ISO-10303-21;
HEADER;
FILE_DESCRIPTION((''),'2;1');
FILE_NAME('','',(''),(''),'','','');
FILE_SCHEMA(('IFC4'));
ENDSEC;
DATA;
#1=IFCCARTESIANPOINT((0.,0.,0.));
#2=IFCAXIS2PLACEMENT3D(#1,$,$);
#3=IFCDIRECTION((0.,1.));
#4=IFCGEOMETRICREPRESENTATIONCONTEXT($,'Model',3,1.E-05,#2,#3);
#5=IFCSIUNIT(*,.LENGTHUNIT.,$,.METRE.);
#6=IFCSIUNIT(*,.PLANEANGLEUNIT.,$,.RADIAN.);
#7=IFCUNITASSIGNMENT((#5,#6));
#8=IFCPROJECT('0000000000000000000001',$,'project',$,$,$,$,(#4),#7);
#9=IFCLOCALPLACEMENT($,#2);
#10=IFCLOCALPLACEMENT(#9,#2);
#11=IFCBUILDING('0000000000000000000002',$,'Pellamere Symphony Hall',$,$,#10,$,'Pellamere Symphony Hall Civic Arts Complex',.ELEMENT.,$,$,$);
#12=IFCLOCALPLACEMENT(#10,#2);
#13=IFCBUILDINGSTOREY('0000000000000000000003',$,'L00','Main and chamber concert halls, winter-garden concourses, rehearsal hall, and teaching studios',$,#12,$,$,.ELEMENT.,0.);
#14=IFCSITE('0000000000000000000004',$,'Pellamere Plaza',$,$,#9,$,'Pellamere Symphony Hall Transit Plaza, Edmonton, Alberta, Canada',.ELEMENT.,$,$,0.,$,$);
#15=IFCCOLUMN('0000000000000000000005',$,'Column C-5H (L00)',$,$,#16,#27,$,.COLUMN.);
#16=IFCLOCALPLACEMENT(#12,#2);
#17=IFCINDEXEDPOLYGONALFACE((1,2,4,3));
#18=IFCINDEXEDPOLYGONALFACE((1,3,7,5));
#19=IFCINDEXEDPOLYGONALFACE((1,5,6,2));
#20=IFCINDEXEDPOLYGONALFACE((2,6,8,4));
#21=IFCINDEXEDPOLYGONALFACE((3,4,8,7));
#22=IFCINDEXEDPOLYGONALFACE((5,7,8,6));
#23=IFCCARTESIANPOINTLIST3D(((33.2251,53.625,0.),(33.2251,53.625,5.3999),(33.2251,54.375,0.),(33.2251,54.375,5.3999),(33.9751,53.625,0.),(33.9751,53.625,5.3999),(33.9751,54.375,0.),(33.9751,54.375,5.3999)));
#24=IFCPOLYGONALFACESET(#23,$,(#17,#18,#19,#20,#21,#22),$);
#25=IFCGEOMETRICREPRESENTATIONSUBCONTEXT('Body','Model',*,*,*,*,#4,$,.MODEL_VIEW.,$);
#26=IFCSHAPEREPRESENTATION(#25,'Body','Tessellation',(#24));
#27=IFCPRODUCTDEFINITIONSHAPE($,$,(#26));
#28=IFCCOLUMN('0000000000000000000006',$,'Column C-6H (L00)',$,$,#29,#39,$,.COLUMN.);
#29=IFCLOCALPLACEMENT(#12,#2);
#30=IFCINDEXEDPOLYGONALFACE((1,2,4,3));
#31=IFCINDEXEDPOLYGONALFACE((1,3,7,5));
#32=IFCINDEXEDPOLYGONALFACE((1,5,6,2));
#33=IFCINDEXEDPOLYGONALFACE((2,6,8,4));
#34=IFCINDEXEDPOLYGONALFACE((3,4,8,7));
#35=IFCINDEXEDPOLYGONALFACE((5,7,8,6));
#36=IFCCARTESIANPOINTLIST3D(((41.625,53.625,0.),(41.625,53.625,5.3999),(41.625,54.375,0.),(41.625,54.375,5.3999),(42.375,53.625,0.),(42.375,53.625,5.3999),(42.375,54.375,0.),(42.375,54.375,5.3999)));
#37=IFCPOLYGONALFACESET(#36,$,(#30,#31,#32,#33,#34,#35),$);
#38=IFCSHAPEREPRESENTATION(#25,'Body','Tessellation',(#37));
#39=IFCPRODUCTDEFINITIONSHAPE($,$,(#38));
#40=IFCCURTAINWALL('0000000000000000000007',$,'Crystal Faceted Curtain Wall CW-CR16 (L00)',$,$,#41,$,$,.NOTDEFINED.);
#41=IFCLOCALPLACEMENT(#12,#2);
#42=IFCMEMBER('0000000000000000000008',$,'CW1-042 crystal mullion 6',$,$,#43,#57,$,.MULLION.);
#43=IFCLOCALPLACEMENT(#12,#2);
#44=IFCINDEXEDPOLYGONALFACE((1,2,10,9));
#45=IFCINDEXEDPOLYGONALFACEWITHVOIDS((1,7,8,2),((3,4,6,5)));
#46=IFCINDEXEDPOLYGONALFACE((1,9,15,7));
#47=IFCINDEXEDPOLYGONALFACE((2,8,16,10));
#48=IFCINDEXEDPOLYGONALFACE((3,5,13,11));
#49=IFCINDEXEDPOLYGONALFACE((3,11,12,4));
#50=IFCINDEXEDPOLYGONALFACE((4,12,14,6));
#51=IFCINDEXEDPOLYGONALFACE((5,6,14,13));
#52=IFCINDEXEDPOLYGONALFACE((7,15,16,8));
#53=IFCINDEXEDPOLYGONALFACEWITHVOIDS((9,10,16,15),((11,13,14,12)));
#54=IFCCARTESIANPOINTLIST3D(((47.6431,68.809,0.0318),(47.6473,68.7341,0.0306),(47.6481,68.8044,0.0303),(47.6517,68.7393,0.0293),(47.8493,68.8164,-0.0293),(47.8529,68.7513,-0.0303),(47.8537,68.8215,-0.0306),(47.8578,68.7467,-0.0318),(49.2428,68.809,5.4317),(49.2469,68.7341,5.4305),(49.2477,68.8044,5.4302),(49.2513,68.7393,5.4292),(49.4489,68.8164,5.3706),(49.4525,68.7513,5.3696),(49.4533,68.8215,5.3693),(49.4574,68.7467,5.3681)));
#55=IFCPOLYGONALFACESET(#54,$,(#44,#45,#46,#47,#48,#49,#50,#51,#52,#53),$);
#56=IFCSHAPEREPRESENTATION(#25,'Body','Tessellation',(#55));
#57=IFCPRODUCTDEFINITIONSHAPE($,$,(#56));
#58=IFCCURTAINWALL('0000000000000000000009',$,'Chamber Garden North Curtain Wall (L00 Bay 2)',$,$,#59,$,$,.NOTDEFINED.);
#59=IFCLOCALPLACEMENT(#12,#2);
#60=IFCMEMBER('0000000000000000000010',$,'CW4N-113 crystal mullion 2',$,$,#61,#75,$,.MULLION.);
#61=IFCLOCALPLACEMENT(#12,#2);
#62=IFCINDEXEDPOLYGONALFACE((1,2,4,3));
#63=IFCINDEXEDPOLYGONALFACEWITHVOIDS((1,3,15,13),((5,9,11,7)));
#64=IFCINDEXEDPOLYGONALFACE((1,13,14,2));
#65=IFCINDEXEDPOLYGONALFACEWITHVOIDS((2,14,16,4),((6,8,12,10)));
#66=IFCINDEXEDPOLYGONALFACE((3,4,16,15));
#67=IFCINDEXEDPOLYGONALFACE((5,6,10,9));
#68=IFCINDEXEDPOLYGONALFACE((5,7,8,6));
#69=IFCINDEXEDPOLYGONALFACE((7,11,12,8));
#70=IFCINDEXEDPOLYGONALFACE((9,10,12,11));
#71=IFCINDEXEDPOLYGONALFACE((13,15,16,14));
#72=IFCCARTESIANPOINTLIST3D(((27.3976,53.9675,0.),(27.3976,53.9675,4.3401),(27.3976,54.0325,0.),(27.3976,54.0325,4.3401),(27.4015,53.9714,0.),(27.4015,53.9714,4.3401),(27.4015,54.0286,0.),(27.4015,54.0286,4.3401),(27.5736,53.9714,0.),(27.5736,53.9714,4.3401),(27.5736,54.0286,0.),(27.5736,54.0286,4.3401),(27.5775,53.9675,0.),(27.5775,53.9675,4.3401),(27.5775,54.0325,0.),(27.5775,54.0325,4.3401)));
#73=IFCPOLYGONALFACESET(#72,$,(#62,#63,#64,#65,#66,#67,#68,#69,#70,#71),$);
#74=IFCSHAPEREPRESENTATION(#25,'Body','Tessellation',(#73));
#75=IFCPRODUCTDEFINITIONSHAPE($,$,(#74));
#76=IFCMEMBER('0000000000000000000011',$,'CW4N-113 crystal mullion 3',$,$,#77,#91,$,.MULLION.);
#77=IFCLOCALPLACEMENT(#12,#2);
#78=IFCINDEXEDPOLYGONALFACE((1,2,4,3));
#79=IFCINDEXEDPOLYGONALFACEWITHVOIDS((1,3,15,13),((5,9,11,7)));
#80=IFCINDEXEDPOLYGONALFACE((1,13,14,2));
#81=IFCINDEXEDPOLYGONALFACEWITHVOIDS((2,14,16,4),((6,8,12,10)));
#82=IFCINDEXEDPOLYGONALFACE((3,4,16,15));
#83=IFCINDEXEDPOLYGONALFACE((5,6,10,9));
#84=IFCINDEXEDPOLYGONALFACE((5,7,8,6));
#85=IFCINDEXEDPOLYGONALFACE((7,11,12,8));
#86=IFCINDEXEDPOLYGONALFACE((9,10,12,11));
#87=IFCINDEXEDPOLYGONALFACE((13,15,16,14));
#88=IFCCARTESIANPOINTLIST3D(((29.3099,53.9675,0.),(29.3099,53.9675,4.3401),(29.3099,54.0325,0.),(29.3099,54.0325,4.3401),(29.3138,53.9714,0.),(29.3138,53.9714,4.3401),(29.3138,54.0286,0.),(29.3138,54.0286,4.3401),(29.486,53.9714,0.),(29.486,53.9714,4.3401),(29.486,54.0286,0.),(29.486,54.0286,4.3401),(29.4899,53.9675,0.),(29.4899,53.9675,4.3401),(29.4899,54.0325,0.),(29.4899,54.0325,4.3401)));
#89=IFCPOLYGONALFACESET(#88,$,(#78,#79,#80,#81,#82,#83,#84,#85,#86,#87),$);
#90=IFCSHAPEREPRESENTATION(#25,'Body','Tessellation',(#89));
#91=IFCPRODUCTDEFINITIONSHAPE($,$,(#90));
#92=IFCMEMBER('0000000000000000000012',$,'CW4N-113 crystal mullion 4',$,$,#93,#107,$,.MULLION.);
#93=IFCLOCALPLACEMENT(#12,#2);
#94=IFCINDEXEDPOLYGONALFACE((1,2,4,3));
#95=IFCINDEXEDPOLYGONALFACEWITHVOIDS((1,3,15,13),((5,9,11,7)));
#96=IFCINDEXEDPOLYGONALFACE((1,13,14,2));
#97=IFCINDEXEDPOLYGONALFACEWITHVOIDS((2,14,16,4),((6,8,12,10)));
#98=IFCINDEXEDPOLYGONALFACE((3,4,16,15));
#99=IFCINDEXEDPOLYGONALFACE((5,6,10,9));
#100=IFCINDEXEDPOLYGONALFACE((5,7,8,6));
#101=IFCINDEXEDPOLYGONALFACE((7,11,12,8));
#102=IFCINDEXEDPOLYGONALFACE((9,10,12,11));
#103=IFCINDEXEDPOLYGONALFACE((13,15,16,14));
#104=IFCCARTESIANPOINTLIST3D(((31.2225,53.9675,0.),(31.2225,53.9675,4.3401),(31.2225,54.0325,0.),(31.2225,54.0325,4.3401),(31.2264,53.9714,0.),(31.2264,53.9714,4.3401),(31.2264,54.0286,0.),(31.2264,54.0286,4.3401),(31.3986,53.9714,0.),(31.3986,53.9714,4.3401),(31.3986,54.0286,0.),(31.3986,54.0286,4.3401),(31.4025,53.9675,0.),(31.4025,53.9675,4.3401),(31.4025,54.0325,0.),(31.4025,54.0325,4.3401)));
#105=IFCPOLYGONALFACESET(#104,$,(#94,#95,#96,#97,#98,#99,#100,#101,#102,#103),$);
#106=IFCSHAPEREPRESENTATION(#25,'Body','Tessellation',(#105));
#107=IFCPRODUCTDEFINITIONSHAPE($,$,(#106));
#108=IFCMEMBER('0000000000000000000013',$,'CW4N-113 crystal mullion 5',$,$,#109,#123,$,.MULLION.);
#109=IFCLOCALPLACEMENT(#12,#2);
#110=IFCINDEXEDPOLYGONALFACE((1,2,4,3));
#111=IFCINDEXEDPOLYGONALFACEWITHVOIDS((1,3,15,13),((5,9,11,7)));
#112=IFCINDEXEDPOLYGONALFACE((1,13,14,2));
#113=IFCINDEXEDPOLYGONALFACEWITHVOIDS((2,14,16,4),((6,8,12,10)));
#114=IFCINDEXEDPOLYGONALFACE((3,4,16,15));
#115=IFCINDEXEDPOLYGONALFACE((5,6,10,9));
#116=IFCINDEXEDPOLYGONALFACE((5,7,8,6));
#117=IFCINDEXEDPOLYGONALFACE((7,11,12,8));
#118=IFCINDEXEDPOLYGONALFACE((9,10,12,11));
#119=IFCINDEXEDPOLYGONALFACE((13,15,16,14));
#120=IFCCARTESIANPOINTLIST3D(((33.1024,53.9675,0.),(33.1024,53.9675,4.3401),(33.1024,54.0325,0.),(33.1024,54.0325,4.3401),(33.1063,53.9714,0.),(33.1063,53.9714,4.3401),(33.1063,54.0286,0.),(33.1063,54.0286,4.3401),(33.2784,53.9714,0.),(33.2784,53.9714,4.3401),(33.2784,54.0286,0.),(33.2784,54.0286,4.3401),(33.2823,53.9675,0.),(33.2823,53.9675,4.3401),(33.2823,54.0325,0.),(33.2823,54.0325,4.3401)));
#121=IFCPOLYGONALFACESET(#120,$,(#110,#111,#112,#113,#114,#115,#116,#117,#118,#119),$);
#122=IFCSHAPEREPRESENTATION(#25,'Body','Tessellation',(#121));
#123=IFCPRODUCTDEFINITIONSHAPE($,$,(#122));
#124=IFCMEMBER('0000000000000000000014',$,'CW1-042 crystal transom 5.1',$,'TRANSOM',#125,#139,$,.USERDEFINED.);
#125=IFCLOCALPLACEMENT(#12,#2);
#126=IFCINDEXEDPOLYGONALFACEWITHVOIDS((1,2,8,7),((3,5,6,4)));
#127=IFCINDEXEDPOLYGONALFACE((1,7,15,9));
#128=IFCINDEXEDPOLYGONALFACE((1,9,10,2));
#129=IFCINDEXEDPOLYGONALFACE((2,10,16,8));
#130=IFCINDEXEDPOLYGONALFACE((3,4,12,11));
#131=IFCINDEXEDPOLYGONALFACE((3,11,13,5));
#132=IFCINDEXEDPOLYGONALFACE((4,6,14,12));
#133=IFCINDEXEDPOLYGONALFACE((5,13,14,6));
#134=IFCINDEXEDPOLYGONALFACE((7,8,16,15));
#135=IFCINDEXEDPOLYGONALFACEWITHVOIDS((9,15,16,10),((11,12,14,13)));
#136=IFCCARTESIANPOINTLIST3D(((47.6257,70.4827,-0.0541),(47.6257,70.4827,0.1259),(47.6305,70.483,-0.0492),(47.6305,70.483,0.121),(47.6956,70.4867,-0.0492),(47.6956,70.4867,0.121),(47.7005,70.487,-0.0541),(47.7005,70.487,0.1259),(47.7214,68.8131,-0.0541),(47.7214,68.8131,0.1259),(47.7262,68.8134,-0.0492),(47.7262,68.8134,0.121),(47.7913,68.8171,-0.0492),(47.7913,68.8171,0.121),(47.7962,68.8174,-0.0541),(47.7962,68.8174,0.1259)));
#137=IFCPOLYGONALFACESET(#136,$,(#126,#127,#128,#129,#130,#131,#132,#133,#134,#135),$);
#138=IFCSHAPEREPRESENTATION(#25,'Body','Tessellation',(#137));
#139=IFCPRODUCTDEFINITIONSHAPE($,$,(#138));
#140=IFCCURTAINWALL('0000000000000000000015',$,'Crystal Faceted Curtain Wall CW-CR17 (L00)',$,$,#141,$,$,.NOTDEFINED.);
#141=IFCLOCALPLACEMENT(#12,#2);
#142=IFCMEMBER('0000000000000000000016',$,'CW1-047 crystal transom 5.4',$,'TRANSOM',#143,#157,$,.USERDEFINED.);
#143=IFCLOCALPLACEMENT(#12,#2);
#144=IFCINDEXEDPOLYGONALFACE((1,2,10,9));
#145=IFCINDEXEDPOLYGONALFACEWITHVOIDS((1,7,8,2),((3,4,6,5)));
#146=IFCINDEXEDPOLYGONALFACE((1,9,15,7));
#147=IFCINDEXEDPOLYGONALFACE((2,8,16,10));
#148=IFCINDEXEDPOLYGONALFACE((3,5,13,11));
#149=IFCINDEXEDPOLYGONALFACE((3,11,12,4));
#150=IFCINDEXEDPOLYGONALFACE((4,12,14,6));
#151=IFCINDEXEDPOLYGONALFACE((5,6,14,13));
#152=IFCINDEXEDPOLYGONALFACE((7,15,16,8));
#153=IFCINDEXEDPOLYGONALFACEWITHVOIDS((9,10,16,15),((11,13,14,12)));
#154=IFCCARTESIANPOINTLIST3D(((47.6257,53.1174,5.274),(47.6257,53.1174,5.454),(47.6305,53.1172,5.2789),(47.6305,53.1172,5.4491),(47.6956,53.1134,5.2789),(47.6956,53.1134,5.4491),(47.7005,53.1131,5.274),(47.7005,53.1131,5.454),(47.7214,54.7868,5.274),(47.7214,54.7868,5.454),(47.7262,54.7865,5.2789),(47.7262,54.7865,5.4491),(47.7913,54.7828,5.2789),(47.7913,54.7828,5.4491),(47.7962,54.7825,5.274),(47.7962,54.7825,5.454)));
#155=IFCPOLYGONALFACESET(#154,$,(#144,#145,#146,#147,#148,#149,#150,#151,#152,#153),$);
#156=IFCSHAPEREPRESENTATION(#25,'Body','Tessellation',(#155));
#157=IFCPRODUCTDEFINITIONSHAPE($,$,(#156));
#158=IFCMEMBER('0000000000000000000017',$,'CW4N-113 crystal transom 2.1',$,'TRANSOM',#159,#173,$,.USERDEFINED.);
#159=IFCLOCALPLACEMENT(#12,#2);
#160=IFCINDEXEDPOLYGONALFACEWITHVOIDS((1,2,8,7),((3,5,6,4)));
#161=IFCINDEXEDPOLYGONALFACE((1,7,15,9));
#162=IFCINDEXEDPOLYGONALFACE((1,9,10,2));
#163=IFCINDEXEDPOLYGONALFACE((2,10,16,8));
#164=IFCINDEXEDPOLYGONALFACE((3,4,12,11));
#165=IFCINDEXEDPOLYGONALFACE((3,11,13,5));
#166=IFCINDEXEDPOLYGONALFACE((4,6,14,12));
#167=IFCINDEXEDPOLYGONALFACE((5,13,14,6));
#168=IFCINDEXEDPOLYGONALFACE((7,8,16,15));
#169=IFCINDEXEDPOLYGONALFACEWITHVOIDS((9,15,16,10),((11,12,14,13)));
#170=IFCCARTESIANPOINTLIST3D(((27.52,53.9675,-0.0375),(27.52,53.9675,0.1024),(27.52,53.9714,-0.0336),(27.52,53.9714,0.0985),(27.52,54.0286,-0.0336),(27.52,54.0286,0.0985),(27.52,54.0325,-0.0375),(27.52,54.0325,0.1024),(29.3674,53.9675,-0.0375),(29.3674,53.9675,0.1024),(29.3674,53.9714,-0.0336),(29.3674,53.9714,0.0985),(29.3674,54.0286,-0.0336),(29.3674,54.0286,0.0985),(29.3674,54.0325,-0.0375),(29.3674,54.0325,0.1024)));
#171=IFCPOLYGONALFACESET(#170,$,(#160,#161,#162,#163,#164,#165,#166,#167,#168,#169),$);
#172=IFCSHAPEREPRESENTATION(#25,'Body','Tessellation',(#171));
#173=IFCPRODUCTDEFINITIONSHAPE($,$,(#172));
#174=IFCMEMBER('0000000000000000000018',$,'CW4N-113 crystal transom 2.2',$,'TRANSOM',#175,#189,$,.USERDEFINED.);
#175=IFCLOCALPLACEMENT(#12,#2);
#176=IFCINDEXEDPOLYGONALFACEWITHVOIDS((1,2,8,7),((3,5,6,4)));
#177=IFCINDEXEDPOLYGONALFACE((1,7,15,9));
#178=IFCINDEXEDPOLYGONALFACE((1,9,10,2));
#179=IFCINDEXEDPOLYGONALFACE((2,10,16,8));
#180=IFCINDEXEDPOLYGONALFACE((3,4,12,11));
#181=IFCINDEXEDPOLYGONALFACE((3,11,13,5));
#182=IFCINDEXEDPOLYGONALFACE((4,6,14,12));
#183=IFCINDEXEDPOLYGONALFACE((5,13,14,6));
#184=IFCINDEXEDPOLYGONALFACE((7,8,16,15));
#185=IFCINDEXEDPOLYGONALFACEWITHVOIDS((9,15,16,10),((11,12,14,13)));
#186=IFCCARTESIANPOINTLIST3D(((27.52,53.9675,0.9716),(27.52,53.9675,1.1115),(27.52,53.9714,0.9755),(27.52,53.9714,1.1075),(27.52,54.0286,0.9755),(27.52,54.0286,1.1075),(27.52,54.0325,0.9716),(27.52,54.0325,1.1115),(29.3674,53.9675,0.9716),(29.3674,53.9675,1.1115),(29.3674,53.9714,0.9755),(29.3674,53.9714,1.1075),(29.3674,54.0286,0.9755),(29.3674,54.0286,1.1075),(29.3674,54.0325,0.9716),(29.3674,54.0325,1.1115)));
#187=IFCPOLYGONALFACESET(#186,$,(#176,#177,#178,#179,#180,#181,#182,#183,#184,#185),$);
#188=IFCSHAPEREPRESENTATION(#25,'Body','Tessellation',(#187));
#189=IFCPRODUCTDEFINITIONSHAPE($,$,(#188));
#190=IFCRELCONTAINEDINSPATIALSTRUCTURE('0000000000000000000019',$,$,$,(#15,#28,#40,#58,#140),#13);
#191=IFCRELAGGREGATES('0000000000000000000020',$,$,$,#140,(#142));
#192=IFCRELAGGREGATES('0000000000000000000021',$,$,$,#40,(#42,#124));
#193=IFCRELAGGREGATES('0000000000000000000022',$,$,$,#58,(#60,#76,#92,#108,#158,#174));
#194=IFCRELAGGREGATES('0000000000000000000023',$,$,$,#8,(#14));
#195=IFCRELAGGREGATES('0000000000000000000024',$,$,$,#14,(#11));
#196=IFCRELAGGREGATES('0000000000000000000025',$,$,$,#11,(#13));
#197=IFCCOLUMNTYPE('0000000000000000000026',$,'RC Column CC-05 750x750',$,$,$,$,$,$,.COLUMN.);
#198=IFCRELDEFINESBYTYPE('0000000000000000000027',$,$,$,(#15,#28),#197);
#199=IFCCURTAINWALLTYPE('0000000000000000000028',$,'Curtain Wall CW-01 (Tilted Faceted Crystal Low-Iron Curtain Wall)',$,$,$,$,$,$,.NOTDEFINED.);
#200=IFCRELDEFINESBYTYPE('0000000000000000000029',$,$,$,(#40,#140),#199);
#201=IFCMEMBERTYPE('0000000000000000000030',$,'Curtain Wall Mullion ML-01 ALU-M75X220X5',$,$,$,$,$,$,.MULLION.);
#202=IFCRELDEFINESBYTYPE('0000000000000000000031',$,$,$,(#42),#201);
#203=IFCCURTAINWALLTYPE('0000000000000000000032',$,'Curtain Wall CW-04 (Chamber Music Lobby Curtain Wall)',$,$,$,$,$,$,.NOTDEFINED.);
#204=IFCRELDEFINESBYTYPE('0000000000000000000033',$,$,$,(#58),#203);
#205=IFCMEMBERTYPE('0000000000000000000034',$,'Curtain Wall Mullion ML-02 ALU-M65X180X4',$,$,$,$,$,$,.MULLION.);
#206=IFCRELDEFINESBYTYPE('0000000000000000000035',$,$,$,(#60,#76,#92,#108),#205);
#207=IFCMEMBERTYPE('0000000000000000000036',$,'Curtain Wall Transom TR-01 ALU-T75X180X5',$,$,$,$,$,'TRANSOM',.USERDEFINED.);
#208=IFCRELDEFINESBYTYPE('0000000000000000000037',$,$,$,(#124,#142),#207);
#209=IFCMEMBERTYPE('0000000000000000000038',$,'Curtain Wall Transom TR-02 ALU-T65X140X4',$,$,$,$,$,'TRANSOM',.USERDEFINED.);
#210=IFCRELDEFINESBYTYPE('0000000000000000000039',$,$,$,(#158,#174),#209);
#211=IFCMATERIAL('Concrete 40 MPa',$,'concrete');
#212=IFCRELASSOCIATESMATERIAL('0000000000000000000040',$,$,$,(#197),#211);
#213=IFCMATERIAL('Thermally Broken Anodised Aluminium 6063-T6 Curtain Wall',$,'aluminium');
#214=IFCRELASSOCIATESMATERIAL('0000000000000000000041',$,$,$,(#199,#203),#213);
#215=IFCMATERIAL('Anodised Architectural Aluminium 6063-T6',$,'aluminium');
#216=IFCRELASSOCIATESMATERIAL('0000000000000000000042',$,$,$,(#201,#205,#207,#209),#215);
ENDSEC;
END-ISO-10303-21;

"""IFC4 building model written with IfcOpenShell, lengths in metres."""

from ifc_helpers import new_model, si_unit, direction, frame, origin, origin_2d, place, context, subcontext, project, spatial, rectangle, hollow_rectangle, extrude, material, material_profile, profile_set, type_object, element, aggregate, save


model = new_model("IFC4")

# Units and contexts
model_context = context("Model", 3, precision=1e-05, world=origin(), true_north=direction((0.0, 1.0)))
body_context = subcontext(model_context, "Body", "Model", "MODEL_VIEW")
ifc_project = project(units=[si_unit("LENGTHUNIT", "METRE"), si_unit("PLANEANGLEUNIT", "RADIAN")], contexts=[model_context])

# Site, building, storey
site_placement = place(None, origin())
site = spatial("IfcSite", under=ifc_project, at=site_placement, Name="Pellamere Plaza", LongName="Pellamere Symphony Hall Transit Plaza, Edmonton, Alberta, Canada", CompositionType="ELEMENT", RefElevation=0.0)
building_placement = place(site_placement, origin())
building = spatial("IfcBuilding", under=site, at=building_placement, Name="Pellamere Symphony Hall", LongName="Pellamere Symphony Hall Civic Arts Complex", CompositionType="ELEMENT")
storey_placement = place(building_placement, origin())
storey = spatial("IfcBuildingStorey", under=building, at=storey_placement, Name="L00", Description="Main and chamber concert halls, winter-garden concourses, rehearsal hall, and teaching studios", CompositionType="ELEMENT", Elevation=0.0)

# Columns
ifc_material_1 = material(Name="Concrete 40 MPa", Category="concrete")
ifc_material_profile_1 = material_profile(ifc_material_1, rectangle(XDim=0.75, YDim=0.75, at=origin_2d()), Name="RC 750x750")
ifc_profile_set_1 = profile_set([ifc_material_profile_1], Name="Concrete 40 MPa")
column_type = type_object("IfcColumnType", Name="RC Column CC-05 750x750", PredefinedType="COLUMN", material=ifc_profile_set_1)
for number, where, z_axis, x_axis, name in (
    (1, (33.6001, 54.0, 0.0), (0.0, 0.0, 1.0), (1.0, 0.0, 0.0), "Column C-5H (L00)"),
    (2, (42.0, 54.0, 0.0), (0.0, 0.0, 1.0), (1.0, 0.0, 0.0), "Column C-6H (L00)"),
):
    element("IfcColumn", number, at=place(storey_placement, frame(where, z_axis=z_axis, x_axis=x_axis)), inside=storey, type_object=column_type, Name=name, PredefinedType="COLUMN", context=body_context, shape_type="SweptSolid", body=[
        extrude(rectangle(XDim=0.75, YDim=0.75, at=origin_2d()), origin(), (0.0, 0.0, 1.0), 5.3999),
    ])

# Curtain wall, member
ifc_material_2 = material(Name="Thermally Broken Anodised Aluminium 6063-T6 Curtain Wall", Category="aluminium")
curtain_wall_type_1 = type_object("IfcCurtainWallType", Name="Curtain Wall CW-01 (Tilted Faceted Crystal Low-Iron Curtain Wall)", PredefinedType="NOTDEFINED", material=ifc_material_2)
curtain_wall_1_placement = place(storey_placement, origin())
curtain_wall_1 = element("IfcCurtainWall", 3, at=curtain_wall_1_placement, inside=storey, type_object=curtain_wall_type_1, Name="Crystal Faceted Curtain Wall CW-CR16 (L00)", PredefinedType="NOTDEFINED")
ifc_material_3 = material(Name="Anodised Architectural Aluminium 6063-T6", Category="aluminium")
ifc_material_profile_2 = material_profile(ifc_material_3, hollow_rectangle(XDim=0.075, YDim=0.22, WallThickness=0.0049, at=origin_2d()), Name="ALU-M75X220X5")
ifc_profile_set_2 = profile_set([ifc_material_profile_2], Name="Anodised Architectural Aluminium 6063-T6")
member_type_1 = type_object("IfcMemberType", Name="Curtain Wall Mullion ML-01 ALU-M75X220X5", PredefinedType="MULLION", material=ifc_profile_set_2)
member_1_placement = place(storey_placement, frame((47.7505, 68.7778, 0.0), z_axis=(0.284029, 0.0, 0.958816), x_axis=(-0.054874, 0.998361, 0.016255)))
member_1 = element("IfcMember", 4, at=member_1_placement, type_object=member_type_1, Name="CW1-042 crystal mullion 6", PredefinedType="MULLION", context=body_context, shape_type="SweptSolid", body=[
    extrude(hollow_rectangle(XDim=0.075, YDim=0.22, WallThickness=0.0049, at=origin_2d()), origin(), (0.0, 0.0, 1.0), 5.6318),
])

# Curtain wall, members
curtain_wall_type_2 = type_object("IfcCurtainWallType", Name="Curtain Wall CW-04 (Chamber Music Lobby Curtain Wall)", PredefinedType="NOTDEFINED", material=ifc_material_2)
curtain_wall_2_placement = place(storey_placement, origin())
curtain_wall_2 = element("IfcCurtainWall", 5, at=curtain_wall_2_placement, inside=storey, type_object=curtain_wall_type_2, Name="Chamber Garden North Curtain Wall (L00 Bay 2)", PredefinedType="NOTDEFINED")
ifc_material_profile_3 = material_profile(ifc_material_3, hollow_rectangle(XDim=0.0649, YDim=0.1799, WallThickness=0.0039, at=origin_2d()), Name="ALU-M65X180X4")
ifc_profile_set_3 = profile_set([ifc_material_profile_3], Name="Anodised Architectural Aluminium 6063-T6")
member_type_2 = type_object("IfcMemberType", Name="Curtain Wall Mullion ML-02 ALU-M65X180X4", PredefinedType="MULLION", material=ifc_profile_set_3)
member_2_placement = place(storey_placement, frame((27.4875, 54.0, 0.0), z_axis=(0.0, 0.0, 1.0), x_axis=(0.0, 1.0, 0.0)))
member_2 = element("IfcMember", 6, at=member_2_placement, type_object=member_type_2, Name="CW4N-113 crystal mullion 2", PredefinedType="MULLION", context=body_context, shape_type="SweptSolid", body=[
    extrude(hollow_rectangle(XDim=0.0649, YDim=0.1799, WallThickness=0.0039, at=origin_2d()), origin(), (0.0, 0.0, 1.0), 4.3401),
])
member_3_placement = place(storey_placement, frame((29.3999, 54.0, 0.0), z_axis=(0.0, 0.0, 1.0), x_axis=(0.0, 1.0, 0.0)))
member_3 = element("IfcMember", 7, at=member_3_placement, type_object=member_type_2, Name="CW4N-113 crystal mullion 3", PredefinedType="MULLION", context=body_context, shape_type="SweptSolid", body=[
    extrude(hollow_rectangle(XDim=0.0649, YDim=0.1799, WallThickness=0.0039, at=origin_2d()), origin(), (0.0, 0.0, 1.0), 4.3401),
])
member_4_placement = place(storey_placement, frame((31.3125, 54.0, 0.0), z_axis=(0.0, 0.0, 1.0), x_axis=(0.0, 1.0, 0.0)))
member_4 = element("IfcMember", 8, at=member_4_placement, type_object=member_type_2, Name="CW4N-113 crystal mullion 4", PredefinedType="MULLION", context=body_context, shape_type="SweptSolid", body=[
    extrude(hollow_rectangle(XDim=0.0649, YDim=0.1799, WallThickness=0.0039, at=origin_2d()), origin(), (0.0, 0.0, 1.0), 4.3401),
])
member_5_placement = place(storey_placement, frame((33.1924, 54.0, 0.0), z_axis=(0.0, 0.0, 1.0), x_axis=(0.0, 1.0, 0.0)))
member_5 = element("IfcMember", 9, at=member_5_placement, type_object=member_type_2, Name="CW4N-113 crystal mullion 5", PredefinedType="MULLION", context=body_context, shape_type="SweptSolid", body=[
    extrude(hollow_rectangle(XDim=0.0649, YDim=0.1799, WallThickness=0.0039, at=origin_2d()), origin(), (0.0, 0.0, 1.0), 4.3401),
])

# Member
ifc_material_profile_4 = material_profile(ifc_material_3, hollow_rectangle(XDim=0.075, YDim=0.1799, WallThickness=0.0049, at=origin_2d()), Name="ALU-T75X180X5")
ifc_profile_set_4 = profile_set([ifc_material_profile_4], Name="Anodised Architectural Aluminium 6063-T6")
member_type_3 = type_object("IfcMemberType", Name="Curtain Wall Transom TR-01 ALU-T75X180X5", ElementType="TRANSOM", PredefinedType="USERDEFINED", material=ifc_profile_set_4)
member_6_placement = place(storey_placement, frame((47.6631, 70.4849, 0.0359), z_axis=(0.057224, -0.998361, 0.0), x_axis=(0.998361, 0.057224, 0.0)))
member_6 = element("IfcMember", 10, at=member_6_placement, type_object=member_type_3, Name="CW1-042 crystal transom 5.1", ObjectType="TRANSOM", PredefinedType="USERDEFINED", context=body_context, shape_type="SweptSolid", body=[
    extrude(hollow_rectangle(XDim=0.075, YDim=0.1799, WallThickness=0.0049, at=origin_2d()), origin(), (0.0, 0.0, 1.0), 1.6724),
])

# Curtain wall, member
curtain_wall_3_placement = place(storey_placement, origin())
curtain_wall_3 = element("IfcCurtainWall", 11, at=curtain_wall_3_placement, inside=storey, type_object=curtain_wall_type_1, Name="Crystal Faceted Curtain Wall CW-CR17 (L00)", PredefinedType="NOTDEFINED")
member_7_placement = place(storey_placement, frame((47.7588, 54.7847, 5.364), z_axis=(-0.057233, -0.998361, 0.0), x_axis=(0.998361, -0.057233, 0.0)))
member_7 = element("IfcMember", 12, at=member_7_placement, type_object=member_type_3, Name="CW1-047 crystal transom 5.4", ObjectType="TRANSOM", PredefinedType="USERDEFINED", context=body_context, shape_type="SweptSolid", body=[
    extrude(hollow_rectangle(XDim=0.075, YDim=0.1799, WallThickness=0.0049, at=origin_2d()), origin(), (0.0, 0.0, 1.0), 1.6721),
])
aggregate(curtain_wall_3, [member_7])

# Members
ifc_material_profile_5 = material_profile(ifc_material_3, hollow_rectangle(XDim=0.0649, YDim=0.1399, WallThickness=0.0039, at=origin_2d()), Name="ALU-T65X140X4")
ifc_profile_set_5 = profile_set([ifc_material_profile_5], Name="Anodised Architectural Aluminium 6063-T6")
member_type_4 = type_object("IfcMemberType", Name="Curtain Wall Transom TR-02 ALU-T65X140X4", ElementType="TRANSOM", PredefinedType="USERDEFINED", material=ifc_profile_set_5)
member_8_placement = place(storey_placement, frame((27.52, 54.0, 0.0325), z_axis=(1.0, 0.0, 0.0), x_axis=(0.0, 1.0, 0.0)))
member_8 = element("IfcMember", 13, at=member_8_placement, type_object=member_type_4, Name="CW4N-113 crystal transom 2.1", ObjectType="TRANSOM", PredefinedType="USERDEFINED", context=body_context, shape_type="SweptSolid", body=[
    extrude(hollow_rectangle(XDim=0.0649, YDim=0.1399, WallThickness=0.0039, at=origin_2d()), origin(), (0.0, 0.0, 1.0), 1.8474),
])
member_9_placement = place(storey_placement, frame((27.52, 54.0, 1.0415), z_axis=(1.0, 0.0, 0.0), x_axis=(0.0, 1.0, 0.0)))
member_9 = element("IfcMember", 14, at=member_9_placement, type_object=member_type_4, Name="CW4N-113 crystal transom 2.2", ObjectType="TRANSOM", PredefinedType="USERDEFINED", context=body_context, shape_type="SweptSolid", body=[
    extrude(hollow_rectangle(XDim=0.0649, YDim=0.1399, WallThickness=0.0039, at=origin_2d()), origin(), (0.0, 0.0, 1.0), 1.8474),
])

aggregate(curtain_wall_1, [member_1, member_6])
aggregate(curtain_wall_2, [member_2, member_3, member_4, member_5, member_8, member_9])

save(model, "model.ifc")
